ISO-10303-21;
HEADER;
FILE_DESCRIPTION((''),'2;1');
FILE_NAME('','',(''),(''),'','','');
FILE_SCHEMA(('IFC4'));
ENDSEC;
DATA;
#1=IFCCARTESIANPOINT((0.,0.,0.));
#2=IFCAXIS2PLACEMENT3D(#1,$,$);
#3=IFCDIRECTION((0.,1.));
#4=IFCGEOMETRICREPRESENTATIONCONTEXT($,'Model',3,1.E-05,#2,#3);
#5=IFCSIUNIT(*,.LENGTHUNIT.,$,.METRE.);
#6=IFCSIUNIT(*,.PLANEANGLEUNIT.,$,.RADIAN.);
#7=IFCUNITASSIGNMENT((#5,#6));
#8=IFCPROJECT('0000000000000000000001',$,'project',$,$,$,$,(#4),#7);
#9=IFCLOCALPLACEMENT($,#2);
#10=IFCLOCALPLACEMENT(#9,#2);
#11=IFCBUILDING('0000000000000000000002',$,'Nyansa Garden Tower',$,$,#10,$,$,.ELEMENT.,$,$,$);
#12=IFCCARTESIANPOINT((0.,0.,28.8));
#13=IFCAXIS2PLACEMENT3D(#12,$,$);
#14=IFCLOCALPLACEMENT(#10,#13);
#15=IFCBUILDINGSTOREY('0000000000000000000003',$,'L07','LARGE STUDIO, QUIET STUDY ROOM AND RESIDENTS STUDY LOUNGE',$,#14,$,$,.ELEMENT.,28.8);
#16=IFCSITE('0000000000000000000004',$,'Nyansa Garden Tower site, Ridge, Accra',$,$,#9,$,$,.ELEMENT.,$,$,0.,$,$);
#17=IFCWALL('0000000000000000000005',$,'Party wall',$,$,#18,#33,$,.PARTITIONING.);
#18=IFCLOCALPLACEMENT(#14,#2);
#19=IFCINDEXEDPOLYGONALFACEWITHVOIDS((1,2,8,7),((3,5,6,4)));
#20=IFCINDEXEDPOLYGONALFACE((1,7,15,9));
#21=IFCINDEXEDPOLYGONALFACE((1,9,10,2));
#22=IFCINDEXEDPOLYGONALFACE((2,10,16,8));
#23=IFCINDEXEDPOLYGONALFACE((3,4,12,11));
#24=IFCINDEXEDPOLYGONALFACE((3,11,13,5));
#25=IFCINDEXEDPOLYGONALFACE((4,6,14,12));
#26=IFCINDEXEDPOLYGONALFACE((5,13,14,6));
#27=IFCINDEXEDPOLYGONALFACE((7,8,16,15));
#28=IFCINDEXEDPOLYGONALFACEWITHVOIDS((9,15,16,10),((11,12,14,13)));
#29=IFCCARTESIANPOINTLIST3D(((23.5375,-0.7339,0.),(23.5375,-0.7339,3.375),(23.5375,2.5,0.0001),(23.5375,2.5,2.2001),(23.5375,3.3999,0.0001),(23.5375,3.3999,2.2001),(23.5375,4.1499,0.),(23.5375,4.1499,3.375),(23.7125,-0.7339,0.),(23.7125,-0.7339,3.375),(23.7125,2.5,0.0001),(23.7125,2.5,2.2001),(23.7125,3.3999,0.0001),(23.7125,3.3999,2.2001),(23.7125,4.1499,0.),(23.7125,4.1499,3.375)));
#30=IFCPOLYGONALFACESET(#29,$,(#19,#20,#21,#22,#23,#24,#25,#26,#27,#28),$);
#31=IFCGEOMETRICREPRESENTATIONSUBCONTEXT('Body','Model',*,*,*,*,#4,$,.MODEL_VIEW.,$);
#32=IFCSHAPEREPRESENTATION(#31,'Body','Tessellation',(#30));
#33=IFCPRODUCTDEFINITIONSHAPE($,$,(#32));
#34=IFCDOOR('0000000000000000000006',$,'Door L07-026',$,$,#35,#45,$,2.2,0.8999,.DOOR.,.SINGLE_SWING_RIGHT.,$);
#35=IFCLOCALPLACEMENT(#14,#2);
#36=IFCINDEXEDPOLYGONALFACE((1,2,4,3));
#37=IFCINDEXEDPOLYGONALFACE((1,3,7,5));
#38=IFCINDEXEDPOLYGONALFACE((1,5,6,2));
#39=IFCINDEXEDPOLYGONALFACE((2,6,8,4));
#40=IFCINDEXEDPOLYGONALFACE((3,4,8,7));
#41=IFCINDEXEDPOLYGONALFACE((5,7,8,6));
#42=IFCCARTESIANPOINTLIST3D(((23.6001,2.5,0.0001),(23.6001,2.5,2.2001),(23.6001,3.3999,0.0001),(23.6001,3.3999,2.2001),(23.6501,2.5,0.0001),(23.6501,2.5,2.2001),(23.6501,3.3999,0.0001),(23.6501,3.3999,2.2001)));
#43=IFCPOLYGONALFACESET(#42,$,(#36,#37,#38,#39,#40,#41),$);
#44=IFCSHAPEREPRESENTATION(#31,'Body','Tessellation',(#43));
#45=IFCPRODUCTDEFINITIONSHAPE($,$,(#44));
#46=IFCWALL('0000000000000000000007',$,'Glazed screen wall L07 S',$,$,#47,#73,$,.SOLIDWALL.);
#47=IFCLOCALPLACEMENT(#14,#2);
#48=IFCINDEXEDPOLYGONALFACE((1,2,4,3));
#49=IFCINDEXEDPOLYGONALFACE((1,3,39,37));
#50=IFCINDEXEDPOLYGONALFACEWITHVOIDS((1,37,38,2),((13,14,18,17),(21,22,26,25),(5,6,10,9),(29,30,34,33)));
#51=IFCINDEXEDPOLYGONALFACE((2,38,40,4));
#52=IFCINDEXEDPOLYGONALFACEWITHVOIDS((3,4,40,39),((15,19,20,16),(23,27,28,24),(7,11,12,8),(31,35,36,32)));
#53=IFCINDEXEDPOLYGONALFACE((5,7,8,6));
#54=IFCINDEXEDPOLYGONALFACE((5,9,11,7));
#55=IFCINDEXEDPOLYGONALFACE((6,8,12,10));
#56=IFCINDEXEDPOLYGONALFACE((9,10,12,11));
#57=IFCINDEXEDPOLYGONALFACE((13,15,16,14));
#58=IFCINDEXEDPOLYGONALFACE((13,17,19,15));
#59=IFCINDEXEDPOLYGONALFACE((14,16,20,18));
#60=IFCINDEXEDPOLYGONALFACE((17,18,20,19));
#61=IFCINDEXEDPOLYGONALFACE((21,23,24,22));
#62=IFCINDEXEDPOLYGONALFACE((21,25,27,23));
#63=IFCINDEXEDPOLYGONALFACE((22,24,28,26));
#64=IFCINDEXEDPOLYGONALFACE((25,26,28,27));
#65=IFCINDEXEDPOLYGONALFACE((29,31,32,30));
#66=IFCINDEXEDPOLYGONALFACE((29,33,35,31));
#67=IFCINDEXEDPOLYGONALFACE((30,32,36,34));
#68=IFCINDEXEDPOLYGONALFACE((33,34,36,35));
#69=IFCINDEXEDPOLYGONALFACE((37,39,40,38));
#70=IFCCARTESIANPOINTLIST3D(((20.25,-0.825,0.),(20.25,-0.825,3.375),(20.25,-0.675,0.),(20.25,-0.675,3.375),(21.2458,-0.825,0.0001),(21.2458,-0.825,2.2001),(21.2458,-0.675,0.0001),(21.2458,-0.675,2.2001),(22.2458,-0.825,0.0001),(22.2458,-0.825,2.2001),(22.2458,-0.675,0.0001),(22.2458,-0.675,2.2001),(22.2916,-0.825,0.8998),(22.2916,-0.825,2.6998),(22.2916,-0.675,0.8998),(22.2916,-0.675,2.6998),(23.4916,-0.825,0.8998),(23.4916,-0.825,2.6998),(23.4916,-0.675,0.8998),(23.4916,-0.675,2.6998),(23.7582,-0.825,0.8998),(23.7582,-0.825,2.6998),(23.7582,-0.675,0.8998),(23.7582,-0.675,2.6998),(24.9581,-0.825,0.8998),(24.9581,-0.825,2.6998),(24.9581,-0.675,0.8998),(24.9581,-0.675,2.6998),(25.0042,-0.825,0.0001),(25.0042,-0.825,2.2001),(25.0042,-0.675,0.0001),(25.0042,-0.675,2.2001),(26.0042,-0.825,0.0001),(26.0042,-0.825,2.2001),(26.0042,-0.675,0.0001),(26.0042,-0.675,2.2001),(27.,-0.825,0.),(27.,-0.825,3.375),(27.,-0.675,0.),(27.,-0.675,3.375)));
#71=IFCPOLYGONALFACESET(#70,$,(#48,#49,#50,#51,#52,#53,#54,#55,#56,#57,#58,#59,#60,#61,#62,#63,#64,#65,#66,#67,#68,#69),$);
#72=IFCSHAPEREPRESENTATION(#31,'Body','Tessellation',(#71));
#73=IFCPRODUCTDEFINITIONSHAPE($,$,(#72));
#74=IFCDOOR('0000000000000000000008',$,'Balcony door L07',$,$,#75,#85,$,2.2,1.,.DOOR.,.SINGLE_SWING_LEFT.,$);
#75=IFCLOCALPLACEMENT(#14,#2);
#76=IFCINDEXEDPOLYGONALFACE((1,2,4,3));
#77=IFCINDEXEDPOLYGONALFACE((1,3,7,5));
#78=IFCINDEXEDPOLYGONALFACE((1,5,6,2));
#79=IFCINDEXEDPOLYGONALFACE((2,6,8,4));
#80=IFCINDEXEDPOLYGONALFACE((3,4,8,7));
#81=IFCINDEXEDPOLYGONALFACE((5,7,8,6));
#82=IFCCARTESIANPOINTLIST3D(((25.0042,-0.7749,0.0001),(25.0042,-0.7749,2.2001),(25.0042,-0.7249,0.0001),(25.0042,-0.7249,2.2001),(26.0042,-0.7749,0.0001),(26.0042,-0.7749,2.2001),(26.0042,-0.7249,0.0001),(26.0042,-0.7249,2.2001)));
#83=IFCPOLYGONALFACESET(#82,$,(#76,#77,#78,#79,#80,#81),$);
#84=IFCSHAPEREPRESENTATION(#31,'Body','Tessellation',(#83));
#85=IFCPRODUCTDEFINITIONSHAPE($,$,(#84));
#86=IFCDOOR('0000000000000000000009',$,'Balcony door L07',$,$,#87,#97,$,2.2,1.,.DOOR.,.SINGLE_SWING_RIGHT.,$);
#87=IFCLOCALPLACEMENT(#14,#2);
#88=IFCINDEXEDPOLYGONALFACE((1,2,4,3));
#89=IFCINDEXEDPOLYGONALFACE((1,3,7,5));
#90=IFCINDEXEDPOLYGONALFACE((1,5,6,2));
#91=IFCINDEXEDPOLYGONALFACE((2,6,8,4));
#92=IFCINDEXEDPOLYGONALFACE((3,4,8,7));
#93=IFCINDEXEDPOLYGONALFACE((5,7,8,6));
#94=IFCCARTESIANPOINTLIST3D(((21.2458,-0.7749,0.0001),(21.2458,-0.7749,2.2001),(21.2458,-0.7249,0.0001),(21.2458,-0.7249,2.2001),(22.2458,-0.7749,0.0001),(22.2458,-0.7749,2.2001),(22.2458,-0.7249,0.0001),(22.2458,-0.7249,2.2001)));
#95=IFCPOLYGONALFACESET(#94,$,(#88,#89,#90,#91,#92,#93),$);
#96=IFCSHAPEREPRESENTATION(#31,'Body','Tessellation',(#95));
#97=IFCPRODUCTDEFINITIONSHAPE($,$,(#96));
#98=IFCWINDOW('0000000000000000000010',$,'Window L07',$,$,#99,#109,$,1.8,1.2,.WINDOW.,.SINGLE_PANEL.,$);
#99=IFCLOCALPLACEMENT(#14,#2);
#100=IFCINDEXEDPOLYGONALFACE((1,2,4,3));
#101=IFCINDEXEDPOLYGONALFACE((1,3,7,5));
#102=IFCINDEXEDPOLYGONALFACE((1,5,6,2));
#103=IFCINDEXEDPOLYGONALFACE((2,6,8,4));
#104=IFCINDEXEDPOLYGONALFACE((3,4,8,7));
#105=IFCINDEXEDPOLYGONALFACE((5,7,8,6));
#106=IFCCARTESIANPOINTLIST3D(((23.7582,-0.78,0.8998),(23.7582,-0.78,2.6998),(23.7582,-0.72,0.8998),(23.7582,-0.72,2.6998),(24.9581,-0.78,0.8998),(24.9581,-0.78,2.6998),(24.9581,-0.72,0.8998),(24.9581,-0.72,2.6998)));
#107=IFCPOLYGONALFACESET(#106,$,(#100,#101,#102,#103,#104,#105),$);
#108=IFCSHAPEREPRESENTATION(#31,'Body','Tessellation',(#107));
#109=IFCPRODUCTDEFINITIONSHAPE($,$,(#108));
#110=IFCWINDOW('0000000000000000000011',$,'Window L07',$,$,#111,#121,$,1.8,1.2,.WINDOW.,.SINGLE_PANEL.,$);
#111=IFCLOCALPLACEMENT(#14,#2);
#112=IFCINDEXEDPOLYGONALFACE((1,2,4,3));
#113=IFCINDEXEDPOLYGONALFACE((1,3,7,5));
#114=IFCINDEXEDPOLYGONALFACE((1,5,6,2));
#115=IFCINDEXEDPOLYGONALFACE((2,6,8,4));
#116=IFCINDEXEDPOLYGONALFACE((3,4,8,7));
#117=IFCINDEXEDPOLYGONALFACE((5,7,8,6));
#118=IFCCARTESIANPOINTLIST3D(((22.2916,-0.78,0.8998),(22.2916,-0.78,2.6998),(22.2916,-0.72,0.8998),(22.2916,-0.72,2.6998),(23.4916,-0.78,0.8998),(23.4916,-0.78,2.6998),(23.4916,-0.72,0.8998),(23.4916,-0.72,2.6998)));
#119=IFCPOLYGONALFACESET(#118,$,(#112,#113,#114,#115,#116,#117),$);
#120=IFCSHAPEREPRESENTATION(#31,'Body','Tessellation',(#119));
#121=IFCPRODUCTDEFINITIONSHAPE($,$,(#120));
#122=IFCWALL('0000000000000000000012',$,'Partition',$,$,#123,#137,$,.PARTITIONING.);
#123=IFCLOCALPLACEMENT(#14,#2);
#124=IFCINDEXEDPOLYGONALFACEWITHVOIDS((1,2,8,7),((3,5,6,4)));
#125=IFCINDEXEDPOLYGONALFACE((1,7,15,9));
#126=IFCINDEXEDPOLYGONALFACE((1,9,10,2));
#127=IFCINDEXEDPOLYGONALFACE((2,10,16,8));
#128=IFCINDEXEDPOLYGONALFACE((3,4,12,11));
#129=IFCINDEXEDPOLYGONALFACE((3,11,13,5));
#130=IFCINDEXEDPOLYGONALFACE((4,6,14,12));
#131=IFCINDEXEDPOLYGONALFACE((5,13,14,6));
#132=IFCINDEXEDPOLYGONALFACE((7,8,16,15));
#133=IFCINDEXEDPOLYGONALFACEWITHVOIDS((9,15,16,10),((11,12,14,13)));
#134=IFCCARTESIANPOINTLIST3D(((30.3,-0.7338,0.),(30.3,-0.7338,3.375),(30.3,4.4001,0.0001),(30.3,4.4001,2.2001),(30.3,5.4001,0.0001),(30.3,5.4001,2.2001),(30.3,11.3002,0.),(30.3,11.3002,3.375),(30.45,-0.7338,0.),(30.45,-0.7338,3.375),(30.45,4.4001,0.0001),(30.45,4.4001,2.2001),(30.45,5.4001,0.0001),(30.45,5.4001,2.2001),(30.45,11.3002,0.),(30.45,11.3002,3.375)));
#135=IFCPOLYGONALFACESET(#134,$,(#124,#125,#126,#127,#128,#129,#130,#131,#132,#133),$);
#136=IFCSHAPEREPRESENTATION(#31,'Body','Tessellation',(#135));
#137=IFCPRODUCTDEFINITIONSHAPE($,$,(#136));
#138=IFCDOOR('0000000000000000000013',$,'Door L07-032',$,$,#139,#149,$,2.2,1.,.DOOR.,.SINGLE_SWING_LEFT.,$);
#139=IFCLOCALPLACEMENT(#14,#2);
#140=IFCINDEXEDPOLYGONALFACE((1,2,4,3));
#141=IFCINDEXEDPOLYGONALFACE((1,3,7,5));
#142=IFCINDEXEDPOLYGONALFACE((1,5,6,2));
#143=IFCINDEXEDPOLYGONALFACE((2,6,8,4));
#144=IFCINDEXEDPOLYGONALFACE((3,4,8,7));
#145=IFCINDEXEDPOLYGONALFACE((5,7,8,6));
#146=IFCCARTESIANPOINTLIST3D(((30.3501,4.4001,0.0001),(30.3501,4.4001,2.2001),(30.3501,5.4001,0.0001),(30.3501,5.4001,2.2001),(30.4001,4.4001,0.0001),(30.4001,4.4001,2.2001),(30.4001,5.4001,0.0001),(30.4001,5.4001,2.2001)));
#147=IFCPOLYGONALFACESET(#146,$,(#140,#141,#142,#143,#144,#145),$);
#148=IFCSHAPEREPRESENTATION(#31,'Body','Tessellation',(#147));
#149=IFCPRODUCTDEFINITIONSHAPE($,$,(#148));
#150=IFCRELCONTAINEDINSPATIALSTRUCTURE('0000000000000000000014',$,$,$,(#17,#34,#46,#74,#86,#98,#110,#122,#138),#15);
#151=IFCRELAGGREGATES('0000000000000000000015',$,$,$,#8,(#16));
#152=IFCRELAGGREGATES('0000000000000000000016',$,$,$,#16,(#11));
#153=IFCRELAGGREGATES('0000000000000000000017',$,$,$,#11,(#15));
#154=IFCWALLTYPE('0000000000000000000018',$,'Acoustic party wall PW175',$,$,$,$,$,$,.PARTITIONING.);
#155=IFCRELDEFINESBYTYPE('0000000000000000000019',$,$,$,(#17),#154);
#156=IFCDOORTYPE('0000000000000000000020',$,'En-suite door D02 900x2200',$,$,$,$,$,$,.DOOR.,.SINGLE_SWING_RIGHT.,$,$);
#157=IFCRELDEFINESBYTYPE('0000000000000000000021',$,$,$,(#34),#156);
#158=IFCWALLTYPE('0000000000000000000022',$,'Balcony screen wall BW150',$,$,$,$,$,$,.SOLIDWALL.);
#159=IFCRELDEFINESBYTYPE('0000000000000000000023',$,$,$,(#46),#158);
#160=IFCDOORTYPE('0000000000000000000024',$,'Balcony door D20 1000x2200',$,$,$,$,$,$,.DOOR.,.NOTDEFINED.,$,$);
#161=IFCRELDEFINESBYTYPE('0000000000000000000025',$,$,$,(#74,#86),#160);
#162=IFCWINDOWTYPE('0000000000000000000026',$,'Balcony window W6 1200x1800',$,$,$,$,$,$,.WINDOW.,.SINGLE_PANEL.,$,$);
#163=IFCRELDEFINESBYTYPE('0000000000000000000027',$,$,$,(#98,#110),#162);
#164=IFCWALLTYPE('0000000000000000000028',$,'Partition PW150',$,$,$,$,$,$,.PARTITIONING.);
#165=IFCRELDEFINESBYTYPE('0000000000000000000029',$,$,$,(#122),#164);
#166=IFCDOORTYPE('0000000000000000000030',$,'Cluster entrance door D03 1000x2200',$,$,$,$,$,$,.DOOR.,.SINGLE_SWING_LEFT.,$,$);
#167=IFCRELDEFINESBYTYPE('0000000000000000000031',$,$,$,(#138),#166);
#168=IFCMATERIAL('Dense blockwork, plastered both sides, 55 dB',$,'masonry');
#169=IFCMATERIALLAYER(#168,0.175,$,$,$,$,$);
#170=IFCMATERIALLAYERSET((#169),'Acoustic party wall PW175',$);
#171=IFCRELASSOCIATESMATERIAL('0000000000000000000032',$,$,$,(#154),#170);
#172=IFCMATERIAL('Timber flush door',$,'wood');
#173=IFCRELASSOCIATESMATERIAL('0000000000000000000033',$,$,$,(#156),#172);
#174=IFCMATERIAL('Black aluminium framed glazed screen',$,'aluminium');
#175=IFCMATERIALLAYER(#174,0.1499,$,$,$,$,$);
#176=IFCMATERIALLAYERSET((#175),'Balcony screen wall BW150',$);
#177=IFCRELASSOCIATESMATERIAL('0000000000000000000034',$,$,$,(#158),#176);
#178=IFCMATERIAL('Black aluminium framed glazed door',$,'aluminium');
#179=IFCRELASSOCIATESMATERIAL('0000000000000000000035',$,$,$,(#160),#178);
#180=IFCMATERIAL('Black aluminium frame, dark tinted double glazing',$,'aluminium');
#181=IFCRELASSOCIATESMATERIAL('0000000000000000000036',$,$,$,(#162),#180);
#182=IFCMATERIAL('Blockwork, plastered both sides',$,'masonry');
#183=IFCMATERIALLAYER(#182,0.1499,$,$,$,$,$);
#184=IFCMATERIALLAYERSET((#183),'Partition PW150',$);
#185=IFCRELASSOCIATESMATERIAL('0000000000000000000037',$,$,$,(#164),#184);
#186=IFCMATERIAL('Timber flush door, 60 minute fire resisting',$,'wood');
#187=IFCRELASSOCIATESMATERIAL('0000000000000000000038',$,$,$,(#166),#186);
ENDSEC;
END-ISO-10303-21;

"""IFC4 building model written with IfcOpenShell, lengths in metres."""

from ifc_helpers import new_model, si_unit, direction, frame, frame_2d, origin, place, context, subcontext, project, spatial, rectangle, extrude, material, layer, layer_set, type_object, element, fill, save


model = new_model("IFC4")

# Units and contexts
model_context = context("Model", 3, precision=1e-05, world=origin(), true_north=direction((0.0, 1.0)))
body_context = subcontext(model_context, "Body", "Model", "MODEL_VIEW")
ifc_project = project(units=[si_unit("LENGTHUNIT", "METRE"), si_unit("PLANEANGLEUNIT", "RADIAN")], contexts=[model_context])

# Site, building, storey
site_placement = place(None, origin())
site = spatial("IfcSite", under=ifc_project, at=site_placement, Name="Nyansa Garden Tower site, Ridge, Accra", CompositionType="ELEMENT", RefElevation=0.0)
building_placement = place(site_placement, origin())
building = spatial("IfcBuilding", under=site, at=building_placement, Name="Nyansa Garden Tower", CompositionType="ELEMENT")
storey_placement = place(building_placement, frame((0.0, 0.0, 28.8)))
storey = spatial("IfcBuildingStorey", under=building, at=storey_placement, Name="L07", Description="LARGE STUDIO, QUIET STUDY ROOM AND RESIDENTS STUDY LOUNGE", CompositionType="ELEMENT", Elevation=28.8)

# Wall, opening, door
ifc_material_1 = material(Name="Dense blockwork, plastered both sides, 55 dB", Category="masonry")
ifc_layer_1 = layer(ifc_material_1, 0.175)
ifc_layer_set_1 = layer_set([ifc_layer_1], Name="Acoustic party wall PW175")
wall_type_1 = type_object("IfcWallType", Name="Acoustic party wall PW175", PredefinedType="PARTITIONING", material=ifc_layer_set_1)
wall_1_placement = place(storey_placement, frame((23.625, -0.7339, 0.0), z_axis=(0.0, 0.0, 1.0), x_axis=(0.0, 1.0, 0.0)))
wall_1 = element("IfcWall", 1, at=wall_1_placement, inside=storey, type_object=wall_type_1, Name="Party wall", PredefinedType="PARTITIONING", context=body_context, shape_type="SweptSolid", body=[
    extrude(rectangle(XDim=4.8838, YDim=0.175, at=frame_2d((2.4419, 0.0))), origin(), (0.0, 0.0, 1.0), 3.375),
])
opening_1_placement = place(wall_1_placement, frame((3.2339, 0.0, 0.0)))
opening_1 = element("IfcOpeningElement", 2, at=opening_1_placement, cuts=wall_1, PredefinedType="OPENING", context=body_context, shape_type="SweptSolid", body=[
    extrude(rectangle(XDim=0.8999, YDim=2.2, at=frame_2d((0.45, 1.1001))), frame((0.0, 0.0974, 0.0), z_axis=(0.0, -1.0, 0.0), x_axis=(1.0, 0.0, 0.0)), (0.0, 0.0, 1.0), 0.1951),
])
ifc_material_2 = material(Name="Timber flush door", Category="wood")
door_type_1 = type_object("IfcDoorType", Name="En-suite door D02 900x2200", OperationType="SINGLE_SWING_RIGHT", PredefinedType="DOOR", material=ifc_material_2)
door_1_placement = place(opening_1_placement, origin())
door_1 = element("IfcDoor", 3, at=door_1_placement, inside=storey, type_object=door_type_1, Name="Door L07-026", OperationType="SINGLE_SWING_RIGHT", OverallHeight=2.2, OverallWidth=0.8999, PredefinedType="DOOR", context=body_context, shape_type="SweptSolid", body=[
    extrude(rectangle(XDim=0.8999, YDim=2.2, at=frame_2d((0.45, 1.1001))), frame((0.0, 0.0249, 0.0), z_axis=(0.0, -1.0, 0.0), x_axis=(1.0, 0.0, 0.0)), (0.0, 0.0, 1.0), 0.05),
])
fill(opening_1, door_1)

# Wall, openings, doors, windows
ifc_material_3 = material(Name="Black aluminium framed glazed screen", Category="aluminium")
ifc_layer_2 = layer(ifc_material_3, 0.1499)
ifc_layer_set_2 = layer_set([ifc_layer_2], Name="Balcony screen wall BW150")
wall_type_2 = type_object("IfcWallType", Name="Balcony screen wall BW150", PredefinedType="SOLIDWALL", material=ifc_layer_set_2)
wall_2_placement = place(storey_placement, frame((27.0, -0.75, 0.0), z_axis=(0.0, 0.0, 1.0), x_axis=(-1.0, 0.0, 0.0)))
wall_2 = element("IfcWall", 4, at=wall_2_placement, inside=storey, type_object=wall_type_2, Name="Glazed screen wall L07 S", PredefinedType="SOLIDWALL", context=body_context, shape_type="SweptSolid", body=[
    extrude(rectangle(XDim=6.75, YDim=0.1499, at=frame_2d((3.375, 0.0))), origin(), (0.0, 0.0, 1.0), 3.375),
])
opening_2_placement = place(wall_2_placement, frame((0.9958, 0.0, 0.0)))
opening_2 = element("IfcOpeningElement", 5, at=opening_2_placement, cuts=wall_2, PredefinedType="OPENING", context=body_context, shape_type="SweptSolid", body=[
    extrude(rectangle(XDim=1.0, YDim=2.2, at=frame_2d((0.5, 1.1001))), frame((0.0, 0.085, 0.0), z_axis=(0.0, -1.0, 0.0), x_axis=(1.0, 0.0, 0.0)), (0.0, 0.0, 1.0), 0.1699),
])
opening_3_placement = place(wall_2_placement, frame((2.0417, 0.0, 0.8999)))
opening_3 = element("IfcOpeningElement", 6, at=opening_3_placement, cuts=wall_2, PredefinedType="OPENING", context=body_context, shape_type="SweptSolid", body=[
    extrude(rectangle(XDim=1.2, YDim=1.8, at=frame_2d((0.6001, 0.8999))), frame((0.0, 0.085, 0.0), z_axis=(0.0, -1.0, 0.0), x_axis=(1.0, 0.0, 0.0)), (0.0, 0.0, 1.0), 0.1699),
])
opening_4_placement = place(wall_2_placement, frame((4.7542, 0.0, 0.0)))
opening_4 = element("IfcOpeningElement", 7, at=opening_4_placement, cuts=wall_2, PredefinedType="OPENING", context=body_context, shape_type="SweptSolid", body=[
    extrude(rectangle(XDim=1.0, YDim=2.2, at=frame_2d((0.5, 1.1001))), frame((0.0, 0.085, 0.0), z_axis=(0.0, -1.0, 0.0), x_axis=(1.0, 0.0, 0.0)), (0.0, 0.0, 1.0), 0.1699),
])
opening_5_placement = place(wall_2_placement, frame((3.5083, 0.0, 0.8999)))
opening_5 = element("IfcOpeningElement", 8, at=opening_5_placement, cuts=wall_2, PredefinedType="OPENING", context=body_context, shape_type="SweptSolid", body=[
    extrude(rectangle(XDim=1.2, YDim=1.8, at=frame_2d((0.6001, 0.8999))), frame((0.0, 0.085, 0.0), z_axis=(0.0, -1.0, 0.0), x_axis=(1.0, 0.0, 0.0)), (0.0, 0.0, 1.0), 0.1699),
])
ifc_material_4 = material(Name="Black aluminium framed glazed door", Category="aluminium")
door_type_2 = type_object("IfcDoorType", Name="Balcony door D20 1000x2200", OperationType="NOTDEFINED", PredefinedType="DOOR", material=ifc_material_4)
door_2_placement = place(opening_2_placement, origin())
door_2 = element("IfcDoor", 9, at=door_2_placement, inside=storey, type_object=door_type_2, Name="Balcony door L07", OperationType="SINGLE_SWING_LEFT", OverallHeight=2.2, OverallWidth=1.0, PredefinedType="DOOR", context=body_context, shape_type="SweptSolid", body=[
    extrude(rectangle(XDim=1.0, YDim=2.2, at=frame_2d((0.5, 1.1001))), frame((0.0, 0.0249, 0.0), z_axis=(0.0, -1.0, 0.0), x_axis=(1.0, 0.0, 0.0)), (0.0, 0.0, 1.0), 0.05),
])
fill(opening_2, door_2)
door_3_placement = place(opening_4_placement, origin())
door_3 = element("IfcDoor", 10, at=door_3_placement, inside=storey, type_object=door_type_2, Name="Balcony door L07", OperationType="SINGLE_SWING_RIGHT", OverallHeight=2.2, OverallWidth=1.0, PredefinedType="DOOR", context=body_context, shape_type="SweptSolid", body=[
    extrude(rectangle(XDim=1.0, YDim=2.2, at=frame_2d((0.5, 1.1001))), frame((0.0, 0.0249, 0.0), z_axis=(0.0, -1.0, 0.0), x_axis=(1.0, 0.0, 0.0)), (0.0, 0.0, 1.0), 0.05),
])
fill(opening_4, door_3)
ifc_material_5 = material(Name="Black aluminium frame, dark tinted double glazing", Category="aluminium")
window_type = type_object("IfcWindowType", Name="Balcony window W6 1200x1800", PartitioningType="SINGLE_PANEL", PredefinedType="WINDOW", material=ifc_material_5)
window_1_placement = place(opening_3_placement, origin())
window_1 = element("IfcWindow", 11, at=window_1_placement, inside=storey, type_object=window_type, Name="Window L07", OverallHeight=1.8, OverallWidth=1.2, PartitioningType="SINGLE_PANEL", PredefinedType="WINDOW", context=body_context, shape_type="SweptSolid", body=[
    extrude(rectangle(XDim=1.2, YDim=1.8, at=frame_2d((0.6001, 0.8999))), frame((0.0, 0.03, 0.0), z_axis=(0.0, -1.0, 0.0), x_axis=(1.0, 0.0, 0.0)), (0.0, 0.0, 1.0), 0.0601),
])
fill(opening_3, window_1)
window_2_placement = place(opening_5_placement, origin())
window_2 = element("IfcWindow", 12, at=window_2_placement, inside=storey, type_object=window_type, Name="Window L07", OverallHeight=1.8, OverallWidth=1.2, PartitioningType="SINGLE_PANEL", PredefinedType="WINDOW", context=body_context, shape_type="SweptSolid", body=[
    extrude(rectangle(XDim=1.2, YDim=1.8, at=frame_2d((0.6001, 0.8999))), frame((0.0, 0.03, 0.0), z_axis=(0.0, -1.0, 0.0), x_axis=(1.0, 0.0, 0.0)), (0.0, 0.0, 1.0), 0.0601),
])
fill(opening_5, window_2)

# Wall, opening, door
ifc_material_6 = material(Name="Blockwork, plastered both sides", Category="masonry")
ifc_layer_3 = layer(ifc_material_6, 0.1499)
ifc_layer_set_3 = layer_set([ifc_layer_3], Name="Partition PW150")
wall_type_3 = type_object("IfcWallType", Name="Partition PW150", PredefinedType="PARTITIONING", material=ifc_layer_set_3)
wall_3_placement = place(storey_placement, frame((30.375, -0.7339, 0.0), z_axis=(0.0, 0.0, 1.0), x_axis=(0.0, 1.0, 0.0)))
wall_3 = element("IfcWall", 13, at=wall_3_placement, inside=storey, type_object=wall_type_3, Name="Partition", PredefinedType="PARTITIONING", context=body_context, shape_type="SweptSolid", body=[
    extrude(rectangle(XDim=12.0339, YDim=0.1499, at=frame_2d((6.0171, 0.0))), origin(), (0.0, 0.0, 1.0), 3.375),
])
opening_6_placement = place(wall_3_placement, frame((5.134, 0.0, 0.0)))
opening_6 = element("IfcOpeningElement", 14, at=opening_6_placement, cuts=wall_3, PredefinedType="OPENING", context=body_context, shape_type="SweptSolid", body=[
    extrude(rectangle(XDim=1.0, YDim=2.2, at=frame_2d((0.5, 1.1001))), frame((0.0, 0.085, 0.0), z_axis=(0.0, -1.0, 0.0), x_axis=(1.0, 0.0, 0.0)), (0.0, 0.0, 1.0), 0.1699),
])
ifc_material_7 = material(Name="Timber flush door, 60 minute fire resisting", Category="wood")
door_type_3 = type_object("IfcDoorType", Name="Cluster entrance door D03 1000x2200", OperationType="SINGLE_SWING_LEFT", PredefinedType="DOOR", material=ifc_material_7)
door_4_placement = place(opening_6_placement, origin())
door_4 = element("IfcDoor", 15, at=door_4_placement, inside=storey, type_object=door_type_3, Name="Door L07-032", OperationType="SINGLE_SWING_LEFT", OverallHeight=2.2, OverallWidth=1.0, PredefinedType="DOOR", context=body_context, shape_type="SweptSolid", body=[
    extrude(rectangle(XDim=1.0, YDim=2.2, at=frame_2d((0.5, 1.1001))), frame((0.0, 0.0249, 0.0), z_axis=(0.0, -1.0, 0.0), x_axis=(1.0, 0.0, 0.0)), (0.0, 0.0, 1.0), 0.05),
])
fill(opening_6, door_4)

save(model, "model.ifc")
